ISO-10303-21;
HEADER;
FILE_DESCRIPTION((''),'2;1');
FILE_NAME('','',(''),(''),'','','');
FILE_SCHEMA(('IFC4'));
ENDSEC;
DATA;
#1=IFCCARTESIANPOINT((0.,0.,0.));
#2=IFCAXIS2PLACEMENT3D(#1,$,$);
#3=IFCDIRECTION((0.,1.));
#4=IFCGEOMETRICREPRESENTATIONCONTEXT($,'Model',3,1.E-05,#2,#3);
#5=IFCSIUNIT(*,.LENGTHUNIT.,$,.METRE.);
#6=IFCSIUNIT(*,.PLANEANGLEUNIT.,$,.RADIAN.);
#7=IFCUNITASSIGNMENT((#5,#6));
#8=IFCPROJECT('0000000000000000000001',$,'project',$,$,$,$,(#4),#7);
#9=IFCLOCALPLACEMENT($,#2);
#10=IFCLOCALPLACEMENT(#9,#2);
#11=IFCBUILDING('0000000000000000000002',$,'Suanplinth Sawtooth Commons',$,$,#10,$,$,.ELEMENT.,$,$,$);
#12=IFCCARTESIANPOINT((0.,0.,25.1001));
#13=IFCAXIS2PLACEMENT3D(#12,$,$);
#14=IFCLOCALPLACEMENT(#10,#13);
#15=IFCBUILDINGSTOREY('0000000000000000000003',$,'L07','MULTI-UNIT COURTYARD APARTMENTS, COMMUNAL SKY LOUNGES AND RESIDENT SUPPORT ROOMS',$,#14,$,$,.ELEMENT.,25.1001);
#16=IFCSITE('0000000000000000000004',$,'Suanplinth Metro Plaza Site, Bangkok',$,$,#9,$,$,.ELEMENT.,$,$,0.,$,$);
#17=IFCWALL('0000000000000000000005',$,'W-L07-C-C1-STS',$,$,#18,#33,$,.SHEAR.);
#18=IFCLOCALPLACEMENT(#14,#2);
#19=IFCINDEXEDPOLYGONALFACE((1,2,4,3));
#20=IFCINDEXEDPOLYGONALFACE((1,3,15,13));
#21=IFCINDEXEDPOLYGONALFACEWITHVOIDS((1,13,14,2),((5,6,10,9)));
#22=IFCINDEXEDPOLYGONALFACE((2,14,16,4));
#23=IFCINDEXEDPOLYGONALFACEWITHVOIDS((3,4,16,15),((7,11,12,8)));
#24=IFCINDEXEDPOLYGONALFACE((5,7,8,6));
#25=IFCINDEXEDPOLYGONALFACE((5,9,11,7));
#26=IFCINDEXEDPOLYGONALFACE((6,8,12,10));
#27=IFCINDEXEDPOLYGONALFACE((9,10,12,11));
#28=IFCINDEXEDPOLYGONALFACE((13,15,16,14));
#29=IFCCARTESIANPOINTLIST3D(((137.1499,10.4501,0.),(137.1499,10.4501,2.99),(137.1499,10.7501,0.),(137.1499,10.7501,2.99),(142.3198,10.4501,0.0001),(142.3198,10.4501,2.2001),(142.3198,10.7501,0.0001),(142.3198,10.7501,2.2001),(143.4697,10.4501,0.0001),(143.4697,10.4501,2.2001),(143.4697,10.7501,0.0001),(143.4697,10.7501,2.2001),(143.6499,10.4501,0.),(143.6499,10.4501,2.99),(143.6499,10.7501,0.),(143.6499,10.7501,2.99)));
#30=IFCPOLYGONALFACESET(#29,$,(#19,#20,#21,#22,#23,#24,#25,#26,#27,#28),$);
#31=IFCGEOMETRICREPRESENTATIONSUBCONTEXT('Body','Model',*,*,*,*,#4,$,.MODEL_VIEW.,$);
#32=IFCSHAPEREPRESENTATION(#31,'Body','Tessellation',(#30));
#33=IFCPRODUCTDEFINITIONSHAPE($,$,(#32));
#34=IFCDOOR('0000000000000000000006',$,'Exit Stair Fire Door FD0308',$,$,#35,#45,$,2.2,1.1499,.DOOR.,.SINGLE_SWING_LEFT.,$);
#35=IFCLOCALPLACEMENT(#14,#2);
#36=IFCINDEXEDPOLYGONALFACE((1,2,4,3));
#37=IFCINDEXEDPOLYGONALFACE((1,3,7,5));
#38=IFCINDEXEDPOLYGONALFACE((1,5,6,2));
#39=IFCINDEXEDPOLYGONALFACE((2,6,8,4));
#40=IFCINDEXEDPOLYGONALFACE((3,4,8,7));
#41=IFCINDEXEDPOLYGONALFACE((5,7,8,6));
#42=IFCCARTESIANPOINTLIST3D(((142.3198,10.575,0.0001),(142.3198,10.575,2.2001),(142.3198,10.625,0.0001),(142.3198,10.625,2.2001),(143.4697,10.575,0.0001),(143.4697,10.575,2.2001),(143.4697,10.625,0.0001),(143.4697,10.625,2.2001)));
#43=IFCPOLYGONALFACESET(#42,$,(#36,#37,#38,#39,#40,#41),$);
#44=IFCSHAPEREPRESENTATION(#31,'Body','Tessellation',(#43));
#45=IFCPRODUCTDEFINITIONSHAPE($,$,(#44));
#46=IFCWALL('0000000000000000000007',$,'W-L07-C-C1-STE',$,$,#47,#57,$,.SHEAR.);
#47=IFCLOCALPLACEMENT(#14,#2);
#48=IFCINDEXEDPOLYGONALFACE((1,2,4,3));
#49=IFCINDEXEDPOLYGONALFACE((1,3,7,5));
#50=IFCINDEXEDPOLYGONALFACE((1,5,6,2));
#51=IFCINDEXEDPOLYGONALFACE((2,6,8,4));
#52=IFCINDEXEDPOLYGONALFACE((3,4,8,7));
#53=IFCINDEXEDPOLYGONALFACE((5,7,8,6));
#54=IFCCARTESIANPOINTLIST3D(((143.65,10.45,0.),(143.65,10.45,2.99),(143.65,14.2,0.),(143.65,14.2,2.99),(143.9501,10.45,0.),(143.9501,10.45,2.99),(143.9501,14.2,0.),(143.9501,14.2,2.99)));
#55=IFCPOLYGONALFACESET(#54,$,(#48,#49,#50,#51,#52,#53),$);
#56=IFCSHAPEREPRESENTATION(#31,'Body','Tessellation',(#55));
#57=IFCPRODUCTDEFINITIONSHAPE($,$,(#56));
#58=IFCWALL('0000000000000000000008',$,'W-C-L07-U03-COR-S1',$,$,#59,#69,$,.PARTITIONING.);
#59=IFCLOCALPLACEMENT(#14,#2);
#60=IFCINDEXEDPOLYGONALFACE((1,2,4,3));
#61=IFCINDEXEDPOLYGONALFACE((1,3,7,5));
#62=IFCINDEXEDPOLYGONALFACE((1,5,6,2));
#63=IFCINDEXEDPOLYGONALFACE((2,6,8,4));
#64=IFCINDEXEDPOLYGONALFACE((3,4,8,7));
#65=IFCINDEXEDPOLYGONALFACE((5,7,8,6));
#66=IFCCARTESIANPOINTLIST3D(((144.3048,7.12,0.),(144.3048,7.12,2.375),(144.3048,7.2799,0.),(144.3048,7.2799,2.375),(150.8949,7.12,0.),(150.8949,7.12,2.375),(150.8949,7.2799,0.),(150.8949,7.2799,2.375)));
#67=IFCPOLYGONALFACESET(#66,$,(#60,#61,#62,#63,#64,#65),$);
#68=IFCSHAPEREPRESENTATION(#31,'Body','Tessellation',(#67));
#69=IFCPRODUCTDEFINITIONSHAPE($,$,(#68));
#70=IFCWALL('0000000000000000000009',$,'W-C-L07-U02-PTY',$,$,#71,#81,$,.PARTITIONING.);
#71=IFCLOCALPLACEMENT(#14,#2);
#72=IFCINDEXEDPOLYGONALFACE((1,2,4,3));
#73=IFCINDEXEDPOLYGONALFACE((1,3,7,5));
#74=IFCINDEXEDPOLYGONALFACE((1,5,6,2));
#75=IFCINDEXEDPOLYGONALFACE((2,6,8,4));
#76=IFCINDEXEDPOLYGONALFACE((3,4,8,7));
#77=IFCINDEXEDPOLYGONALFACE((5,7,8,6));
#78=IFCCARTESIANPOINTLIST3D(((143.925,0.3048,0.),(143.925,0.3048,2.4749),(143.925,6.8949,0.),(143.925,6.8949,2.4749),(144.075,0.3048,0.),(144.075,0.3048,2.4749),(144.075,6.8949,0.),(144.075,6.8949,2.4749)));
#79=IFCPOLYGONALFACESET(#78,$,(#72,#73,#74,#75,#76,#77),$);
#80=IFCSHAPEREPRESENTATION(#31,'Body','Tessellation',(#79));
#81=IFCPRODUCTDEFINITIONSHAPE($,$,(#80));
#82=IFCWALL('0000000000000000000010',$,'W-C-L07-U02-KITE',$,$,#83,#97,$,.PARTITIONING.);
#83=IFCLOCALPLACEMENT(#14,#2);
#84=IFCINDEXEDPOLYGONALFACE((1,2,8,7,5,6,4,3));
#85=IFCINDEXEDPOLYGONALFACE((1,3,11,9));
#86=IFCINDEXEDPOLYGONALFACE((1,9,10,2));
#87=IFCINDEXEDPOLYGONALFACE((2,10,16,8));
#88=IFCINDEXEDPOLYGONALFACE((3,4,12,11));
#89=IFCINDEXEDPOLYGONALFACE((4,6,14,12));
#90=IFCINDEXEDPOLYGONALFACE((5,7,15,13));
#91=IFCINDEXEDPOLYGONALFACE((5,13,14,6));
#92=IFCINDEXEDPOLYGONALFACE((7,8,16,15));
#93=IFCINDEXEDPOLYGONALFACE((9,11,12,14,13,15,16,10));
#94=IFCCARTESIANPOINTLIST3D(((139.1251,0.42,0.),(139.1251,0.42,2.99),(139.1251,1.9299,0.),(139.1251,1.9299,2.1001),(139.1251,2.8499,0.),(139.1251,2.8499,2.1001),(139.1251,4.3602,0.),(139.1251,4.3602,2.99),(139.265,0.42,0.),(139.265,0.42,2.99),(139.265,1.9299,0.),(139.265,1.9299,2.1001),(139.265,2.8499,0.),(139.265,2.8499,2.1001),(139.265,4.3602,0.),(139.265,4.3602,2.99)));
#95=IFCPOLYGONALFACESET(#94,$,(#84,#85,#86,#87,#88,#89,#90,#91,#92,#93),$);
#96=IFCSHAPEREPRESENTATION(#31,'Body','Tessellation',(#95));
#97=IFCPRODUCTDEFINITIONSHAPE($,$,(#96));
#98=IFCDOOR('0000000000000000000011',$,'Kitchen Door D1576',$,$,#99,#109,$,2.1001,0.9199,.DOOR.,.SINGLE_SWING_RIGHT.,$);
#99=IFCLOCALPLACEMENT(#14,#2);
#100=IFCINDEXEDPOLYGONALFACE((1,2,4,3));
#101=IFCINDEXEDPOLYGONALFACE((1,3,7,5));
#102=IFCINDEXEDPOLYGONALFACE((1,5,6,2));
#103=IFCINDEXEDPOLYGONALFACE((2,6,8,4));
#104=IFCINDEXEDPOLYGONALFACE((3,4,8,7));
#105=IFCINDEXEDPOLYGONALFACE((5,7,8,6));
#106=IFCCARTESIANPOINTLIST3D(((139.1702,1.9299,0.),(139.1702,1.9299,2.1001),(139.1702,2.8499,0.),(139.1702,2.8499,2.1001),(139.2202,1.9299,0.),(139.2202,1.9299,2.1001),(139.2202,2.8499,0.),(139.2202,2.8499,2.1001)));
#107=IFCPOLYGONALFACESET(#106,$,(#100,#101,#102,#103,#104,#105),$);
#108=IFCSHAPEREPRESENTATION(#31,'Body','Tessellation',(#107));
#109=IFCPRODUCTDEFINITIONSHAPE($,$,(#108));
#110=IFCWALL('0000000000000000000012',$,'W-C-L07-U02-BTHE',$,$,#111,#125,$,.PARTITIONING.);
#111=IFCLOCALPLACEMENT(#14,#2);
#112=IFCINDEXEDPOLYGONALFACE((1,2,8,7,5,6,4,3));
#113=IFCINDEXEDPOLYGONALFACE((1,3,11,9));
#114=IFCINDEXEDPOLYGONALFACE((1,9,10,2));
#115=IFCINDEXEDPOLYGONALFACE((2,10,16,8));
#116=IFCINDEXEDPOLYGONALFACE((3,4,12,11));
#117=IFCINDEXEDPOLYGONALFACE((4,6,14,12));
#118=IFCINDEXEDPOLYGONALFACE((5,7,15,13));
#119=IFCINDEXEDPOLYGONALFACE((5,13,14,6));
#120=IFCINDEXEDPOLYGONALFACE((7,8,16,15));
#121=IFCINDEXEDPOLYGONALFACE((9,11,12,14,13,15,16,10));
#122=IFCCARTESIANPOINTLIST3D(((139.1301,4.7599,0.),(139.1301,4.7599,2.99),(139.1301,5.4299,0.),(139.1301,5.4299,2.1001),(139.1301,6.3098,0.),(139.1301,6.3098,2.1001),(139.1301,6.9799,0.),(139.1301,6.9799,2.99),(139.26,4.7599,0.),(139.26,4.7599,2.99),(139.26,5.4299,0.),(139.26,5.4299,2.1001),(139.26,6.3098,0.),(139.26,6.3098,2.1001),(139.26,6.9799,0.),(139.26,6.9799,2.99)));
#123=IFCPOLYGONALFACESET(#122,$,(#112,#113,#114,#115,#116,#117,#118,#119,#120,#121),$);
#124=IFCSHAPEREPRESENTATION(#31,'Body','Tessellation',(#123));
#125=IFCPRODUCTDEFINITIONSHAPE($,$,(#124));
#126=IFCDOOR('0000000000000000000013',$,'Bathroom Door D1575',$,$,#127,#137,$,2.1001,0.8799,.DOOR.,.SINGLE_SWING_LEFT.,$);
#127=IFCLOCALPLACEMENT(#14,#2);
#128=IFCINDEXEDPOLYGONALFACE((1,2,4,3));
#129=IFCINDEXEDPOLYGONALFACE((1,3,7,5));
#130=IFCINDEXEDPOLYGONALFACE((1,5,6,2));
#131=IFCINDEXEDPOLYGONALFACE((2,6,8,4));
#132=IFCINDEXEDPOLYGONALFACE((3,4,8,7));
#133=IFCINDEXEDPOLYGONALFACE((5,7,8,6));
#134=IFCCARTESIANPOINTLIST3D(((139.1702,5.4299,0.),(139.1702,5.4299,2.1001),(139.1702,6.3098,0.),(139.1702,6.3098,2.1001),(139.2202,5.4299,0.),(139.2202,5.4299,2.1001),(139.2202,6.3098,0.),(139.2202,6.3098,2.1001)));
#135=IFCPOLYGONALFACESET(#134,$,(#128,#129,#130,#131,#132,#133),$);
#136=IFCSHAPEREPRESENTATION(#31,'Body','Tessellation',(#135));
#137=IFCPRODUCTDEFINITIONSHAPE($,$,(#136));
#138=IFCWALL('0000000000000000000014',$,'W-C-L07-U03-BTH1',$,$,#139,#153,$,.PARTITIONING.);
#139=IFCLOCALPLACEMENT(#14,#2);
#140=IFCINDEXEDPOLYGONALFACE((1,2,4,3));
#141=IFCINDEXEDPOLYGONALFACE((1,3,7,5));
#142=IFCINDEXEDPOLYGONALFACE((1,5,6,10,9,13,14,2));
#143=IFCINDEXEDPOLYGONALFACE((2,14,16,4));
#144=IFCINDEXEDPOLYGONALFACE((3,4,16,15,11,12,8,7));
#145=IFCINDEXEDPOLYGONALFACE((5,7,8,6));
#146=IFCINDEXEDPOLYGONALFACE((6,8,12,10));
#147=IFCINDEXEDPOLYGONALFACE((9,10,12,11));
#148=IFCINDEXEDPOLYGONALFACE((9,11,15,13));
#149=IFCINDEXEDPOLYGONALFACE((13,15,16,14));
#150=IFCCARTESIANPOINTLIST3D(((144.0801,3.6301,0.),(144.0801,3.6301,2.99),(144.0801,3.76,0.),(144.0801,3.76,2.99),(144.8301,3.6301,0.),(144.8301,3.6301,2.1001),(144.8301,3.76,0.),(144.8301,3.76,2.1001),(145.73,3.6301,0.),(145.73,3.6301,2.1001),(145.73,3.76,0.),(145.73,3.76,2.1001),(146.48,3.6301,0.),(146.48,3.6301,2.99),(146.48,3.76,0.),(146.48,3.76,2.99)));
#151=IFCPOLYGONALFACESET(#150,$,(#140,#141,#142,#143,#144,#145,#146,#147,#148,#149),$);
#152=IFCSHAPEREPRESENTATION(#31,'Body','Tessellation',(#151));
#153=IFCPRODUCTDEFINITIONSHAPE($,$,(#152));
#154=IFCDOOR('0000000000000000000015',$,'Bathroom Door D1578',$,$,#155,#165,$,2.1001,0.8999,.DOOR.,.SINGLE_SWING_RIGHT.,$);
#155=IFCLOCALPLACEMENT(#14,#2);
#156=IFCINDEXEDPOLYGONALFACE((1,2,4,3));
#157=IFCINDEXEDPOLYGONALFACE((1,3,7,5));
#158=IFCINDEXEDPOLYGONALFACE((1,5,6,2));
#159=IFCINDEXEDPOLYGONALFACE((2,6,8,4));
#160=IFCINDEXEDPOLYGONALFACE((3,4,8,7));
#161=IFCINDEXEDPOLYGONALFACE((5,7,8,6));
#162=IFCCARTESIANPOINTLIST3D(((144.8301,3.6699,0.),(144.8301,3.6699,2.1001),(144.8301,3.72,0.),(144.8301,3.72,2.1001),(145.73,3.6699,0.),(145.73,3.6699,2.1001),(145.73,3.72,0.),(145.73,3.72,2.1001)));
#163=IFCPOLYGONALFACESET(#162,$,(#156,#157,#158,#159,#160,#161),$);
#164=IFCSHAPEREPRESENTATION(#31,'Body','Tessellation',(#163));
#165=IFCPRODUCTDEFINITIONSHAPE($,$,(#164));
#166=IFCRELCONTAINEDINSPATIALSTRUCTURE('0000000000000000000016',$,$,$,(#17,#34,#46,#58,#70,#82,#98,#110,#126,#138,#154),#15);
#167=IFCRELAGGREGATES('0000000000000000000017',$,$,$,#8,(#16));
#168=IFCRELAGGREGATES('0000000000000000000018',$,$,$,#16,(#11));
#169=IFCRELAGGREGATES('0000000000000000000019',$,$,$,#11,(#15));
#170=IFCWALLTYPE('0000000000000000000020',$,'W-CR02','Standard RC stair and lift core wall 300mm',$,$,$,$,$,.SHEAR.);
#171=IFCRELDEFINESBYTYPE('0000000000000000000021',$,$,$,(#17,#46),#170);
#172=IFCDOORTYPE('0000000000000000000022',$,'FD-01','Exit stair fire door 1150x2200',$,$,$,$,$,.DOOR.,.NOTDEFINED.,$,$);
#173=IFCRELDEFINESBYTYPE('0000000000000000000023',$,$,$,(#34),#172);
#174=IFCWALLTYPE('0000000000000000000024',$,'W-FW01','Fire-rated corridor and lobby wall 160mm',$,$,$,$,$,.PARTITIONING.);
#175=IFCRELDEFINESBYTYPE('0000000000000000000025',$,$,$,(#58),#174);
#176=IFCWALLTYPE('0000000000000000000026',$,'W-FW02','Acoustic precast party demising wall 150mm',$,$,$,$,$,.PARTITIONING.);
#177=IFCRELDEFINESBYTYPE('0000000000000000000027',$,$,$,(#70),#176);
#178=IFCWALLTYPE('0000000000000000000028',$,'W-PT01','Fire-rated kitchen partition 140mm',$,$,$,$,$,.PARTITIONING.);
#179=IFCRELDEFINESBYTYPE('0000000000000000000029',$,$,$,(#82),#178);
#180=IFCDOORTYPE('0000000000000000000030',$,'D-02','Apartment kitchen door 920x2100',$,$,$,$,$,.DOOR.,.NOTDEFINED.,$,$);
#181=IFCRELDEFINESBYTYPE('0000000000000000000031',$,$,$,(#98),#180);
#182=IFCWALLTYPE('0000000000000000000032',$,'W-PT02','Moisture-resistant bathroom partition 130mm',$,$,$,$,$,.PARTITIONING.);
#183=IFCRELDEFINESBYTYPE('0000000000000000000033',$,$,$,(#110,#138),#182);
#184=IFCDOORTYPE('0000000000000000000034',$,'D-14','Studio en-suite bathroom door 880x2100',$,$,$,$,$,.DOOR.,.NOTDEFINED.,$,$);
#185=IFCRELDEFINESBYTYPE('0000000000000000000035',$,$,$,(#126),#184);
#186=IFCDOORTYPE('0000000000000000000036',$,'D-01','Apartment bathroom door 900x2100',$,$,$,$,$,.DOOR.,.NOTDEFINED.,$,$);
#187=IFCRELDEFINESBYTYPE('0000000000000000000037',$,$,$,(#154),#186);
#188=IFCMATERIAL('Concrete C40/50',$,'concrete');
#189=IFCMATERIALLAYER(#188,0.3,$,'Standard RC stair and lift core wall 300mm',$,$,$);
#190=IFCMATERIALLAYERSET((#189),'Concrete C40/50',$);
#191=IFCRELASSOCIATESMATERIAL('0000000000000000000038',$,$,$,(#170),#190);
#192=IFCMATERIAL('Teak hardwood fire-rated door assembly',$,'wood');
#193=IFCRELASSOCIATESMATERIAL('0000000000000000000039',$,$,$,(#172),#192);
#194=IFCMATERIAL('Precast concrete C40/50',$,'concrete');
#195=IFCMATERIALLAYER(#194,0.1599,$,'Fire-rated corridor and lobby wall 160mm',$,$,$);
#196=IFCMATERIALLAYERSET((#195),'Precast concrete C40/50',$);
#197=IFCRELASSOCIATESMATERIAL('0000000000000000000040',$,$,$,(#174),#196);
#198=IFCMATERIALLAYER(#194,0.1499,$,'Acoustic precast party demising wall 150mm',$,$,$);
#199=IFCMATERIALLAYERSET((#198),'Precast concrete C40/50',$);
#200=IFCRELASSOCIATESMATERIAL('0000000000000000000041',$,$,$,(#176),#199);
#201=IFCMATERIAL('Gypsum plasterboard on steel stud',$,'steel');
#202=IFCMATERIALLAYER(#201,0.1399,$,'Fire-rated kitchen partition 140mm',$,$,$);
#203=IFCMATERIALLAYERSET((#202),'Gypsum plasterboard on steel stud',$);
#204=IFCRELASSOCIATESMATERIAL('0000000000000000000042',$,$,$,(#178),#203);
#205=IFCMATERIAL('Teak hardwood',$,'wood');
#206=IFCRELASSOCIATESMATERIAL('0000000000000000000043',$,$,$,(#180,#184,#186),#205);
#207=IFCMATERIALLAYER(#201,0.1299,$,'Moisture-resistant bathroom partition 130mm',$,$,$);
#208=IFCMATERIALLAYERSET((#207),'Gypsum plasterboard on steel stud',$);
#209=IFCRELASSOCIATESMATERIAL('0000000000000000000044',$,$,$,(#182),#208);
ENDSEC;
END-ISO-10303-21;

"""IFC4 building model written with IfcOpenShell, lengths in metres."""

from ifc_helpers import new_model, si_unit, direction, frame, frame_2d, origin, place, context, subcontext, project, spatial, rectangle, extrude, material, layer, layer_set, type_object, element, fill, save


model = new_model("IFC4")

# Units and contexts
model_context = context("Model", 3, precision=1e-05, world=origin(), true_north=direction((0.0, 1.0)))
body_context = subcontext(model_context, "Body", "Model", "MODEL_VIEW")
ifc_project = project(units=[si_unit("LENGTHUNIT", "METRE"), si_unit("PLANEANGLEUNIT", "RADIAN")], contexts=[model_context])

# Site, building, storey
site_placement = place(None, origin())
site = spatial("IfcSite", under=ifc_project, at=site_placement, Name="Suanplinth Metro Plaza Site, Bangkok", CompositionType="ELEMENT", RefElevation=0.0)
building_placement = place(site_placement, origin())
building = spatial("IfcBuilding", under=site, at=building_placement, Name="Suanplinth Sawtooth Commons", CompositionType="ELEMENT")
storey_placement = place(building_placement, frame((0.0, 0.0, 25.1001)))
storey = spatial("IfcBuildingStorey", under=building, at=storey_placement, Name="L07", Description="MULTI-UNIT COURTYARD APARTMENTS, COMMUNAL SKY LOUNGES AND RESIDENT SUPPORT ROOMS", CompositionType="ELEMENT", Elevation=25.1001)

# Shared definitions
ifc_material_1 = material(Name="Precast concrete C40/50", Category="concrete")

# Wall, opening, door
ifc_material_2 = material(Name="Concrete C40/50", Category="concrete")
ifc_layer_1 = layer(ifc_material_2, 0.3, Name="Standard RC stair and lift core wall 300mm")
ifc_layer_set_1 = layer_set([ifc_layer_1], Name="Concrete C40/50")
wall_type_1 = type_object("IfcWallType", Name="W-CR02", Description="Standard RC stair and lift core wall 300mm", PredefinedType="SHEAR", material=ifc_layer_set_1)
wall_1_placement = place(storey_placement, frame((137.1499, 10.6001, 0.0), z_axis=(0.0, 0.0, 1.0), x_axis=(1.0, 0.0, 0.0)))
wall_1 = element("IfcWall", 1, at=wall_1_placement, inside=storey, type_object=wall_type_1, Name="W-L07-C-C1-STS", PredefinedType="SHEAR", context=body_context, shape_type="SweptSolid", body=[
    extrude(rectangle(XDim=6.5, YDim=0.3, at=frame_2d((3.25, 0.0))), origin(), (0.0, 0.0, 1.0), 2.99),
])
opening_1_placement = place(wall_1_placement, frame((5.1699, 0.0, 0.0)))
opening_1 = element("IfcOpeningElement", 2, at=opening_1_placement, cuts=wall_1, PredefinedType="OPENING", context=body_context, shape_type="SweptSolid", body=[
    extrude(rectangle(XDim=1.1499, YDim=2.2, at=frame_2d((0.575, 1.1001))), frame((0.0, 0.165, 0.0), z_axis=(0.0, -1.0, 0.0), x_axis=(1.0, 0.0, 0.0)), (0.0, 0.0, 1.0), 0.3298),
])
ifc_material_3 = material(Name="Teak hardwood fire-rated door assembly", Category="wood")
door_type_1 = type_object("IfcDoorType", Name="FD-01", Description="Exit stair fire door 1150x2200", OperationType="NOTDEFINED", PredefinedType="DOOR", material=ifc_material_3)
door_1_placement = place(opening_1_placement, origin())
door_1 = element("IfcDoor", 3, at=door_1_placement, inside=storey, type_object=door_type_1, Name="Exit Stair Fire Door FD0308", OperationType="SINGLE_SWING_LEFT", OverallHeight=2.2, OverallWidth=1.1499, PredefinedType="DOOR", context=body_context, shape_type="SweptSolid", body=[
    extrude(rectangle(XDim=1.1499, YDim=2.2, at=frame_2d((0.575, 1.1001))), frame((0.0, 0.0249, 0.0), z_axis=(0.0, -1.0, 0.0), x_axis=(1.0, 0.0, 0.0)), (0.0, 0.0, 1.0), 0.05),
])
fill(opening_1, door_1)

# Wall
wall_2_placement = place(storey_placement, frame((143.8, 10.45, 0.0), z_axis=(0.0, 0.0, 1.0), x_axis=(0.0, 1.0, 0.0)))
element("IfcWall", 4, at=wall_2_placement, inside=storey, type_object=wall_type_1, Name="W-L07-C-C1-STE", PredefinedType="SHEAR", context=body_context, shape_type="SweptSolid", body=[
    extrude(rectangle(XDim=3.75, YDim=0.3, at=frame_2d((1.875, 0.0))), origin(), (0.0, 0.0, 1.0), 2.99),
])

# Shared definitions
ifc_layer_2 = layer(ifc_material_1, 0.1599, Name="Fire-rated corridor and lobby wall 160mm")
ifc_layer_set_2 = layer_set([ifc_layer_2], Name="Precast concrete C40/50")
wall_type_2 = type_object("IfcWallType", Name="W-FW01", Description="Fire-rated corridor and lobby wall 160mm", PredefinedType="PARTITIONING", material=ifc_layer_set_2)

# Walls
wall_3_placement = place(storey_placement, frame((144.3049, 7.2, 0.0), z_axis=(0.0, 0.0, 1.0), x_axis=(1.0, 0.0, 0.0)))
element("IfcWall", 5, at=wall_3_placement, inside=storey, type_object=wall_type_2, Name="W-C-L07-U03-COR-S1", PredefinedType="PARTITIONING", context=body_context, shape_type="SweptSolid", body=[
    extrude(rectangle(XDim=6.5901, YDim=0.1599, at=frame_2d((3.2949, 0.0))), origin(), (0.0, 0.0, 1.0), 2.375),
])
ifc_layer_3 = layer(ifc_material_1, 0.1499, Name="Acoustic precast party demising wall 150mm")
ifc_layer_set_3 = layer_set([ifc_layer_3], Name="Precast concrete C40/50")
wall_type_3 = type_object("IfcWallType", Name="W-FW02", Description="Acoustic precast party demising wall 150mm", PredefinedType="PARTITIONING", material=ifc_layer_set_3)
wall_4_placement = place(storey_placement, frame((144.0, 0.3049, 0.0), z_axis=(0.0, 0.0, 1.0), x_axis=(0.0, 1.0, 0.0)))
element("IfcWall", 6, at=wall_4_placement, inside=storey, type_object=wall_type_3, Name="W-C-L07-U02-PTY", PredefinedType="PARTITIONING", context=body_context, shape_type="SweptSolid", body=[
    extrude(rectangle(XDim=6.5901, YDim=0.1499, at=frame_2d((3.2949, 0.0))), origin(), (0.0, 0.0, 1.0), 2.4749),
])

# Walls, openings, doors
ifc_material_4 = material(Name="Gypsum plasterboard on steel stud", Category="steel")
ifc_layer_4 = layer(ifc_material_4, 0.1399, Name="Fire-rated kitchen partition 140mm")
ifc_layer_set_4 = layer_set([ifc_layer_4], Name="Gypsum plasterboard on steel stud")
wall_type_4 = type_object("IfcWallType", Name="W-PT01", Description="Fire-rated kitchen partition 140mm", PredefinedType="PARTITIONING", material=ifc_layer_set_4)
wall_5_placement = place(storey_placement, frame((139.1951, 0.4199, 0.0), z_axis=(0.0, 0.0, 1.0), x_axis=(0.0, 1.0, 0.0)))
wall_5 = element("IfcWall", 7, at=wall_5_placement, inside=storey, type_object=wall_type_4, Name="W-C-L07-U02-KITE", PredefinedType="PARTITIONING", context=body_context, shape_type="SweptSolid", body=[
    extrude(rectangle(XDim=3.9402, YDim=0.1399, at=frame_2d((1.9702, 0.0))), origin(), (0.0, 0.0, 1.0), 2.99),
])
opening_2_placement = place(wall_5_placement, frame((1.51, 0.0, 0.0)))
opening_2 = element("IfcOpeningElement", 8, at=opening_2_placement, cuts=wall_5, PredefinedType="OPENING", context=body_context, shape_type="SweptSolid", body=[
    extrude(rectangle(XDim=0.9199, YDim=2.1001, at=frame_2d((0.46, 1.05))), frame((0.0, 0.085, 0.0), z_axis=(0.0, -1.0, 0.0), x_axis=(1.0, 0.0, 0.0)), (0.0, 0.0, 1.0), 0.1697),
])
ifc_material_5 = material(Name="Teak hardwood", Category="wood")
door_type_2 = type_object("IfcDoorType", Name="D-02", Description="Apartment kitchen door 920x2100", OperationType="NOTDEFINED", PredefinedType="DOOR", material=ifc_material_5)
door_2_placement = place(opening_2_placement, origin())
door_2 = element("IfcDoor", 9, at=door_2_placement, inside=storey, type_object=door_type_2, Name="Kitchen Door D1576", OperationType="SINGLE_SWING_RIGHT", OverallHeight=2.1001, OverallWidth=0.9199, PredefinedType="DOOR", context=body_context, shape_type="SweptSolid", body=[
    extrude(rectangle(XDim=0.9199, YDim=2.1001, at=frame_2d((0.46, 1.05))), frame((0.0, 0.0249, 0.0), z_axis=(0.0, -1.0, 0.0), x_axis=(1.0, 0.0, 0.0)), (0.0, 0.0, 1.0), 0.05),
])
fill(opening_2, door_2)
ifc_layer_5 = layer(ifc_material_4, 0.1299, Name="Moisture-resistant bathroom partition 130mm")
ifc_layer_set_5 = layer_set([ifc_layer_5], Name="Gypsum plasterboard on steel stud")
wall_type_5 = type_object("IfcWallType", Name="W-PT02", Description="Moisture-resistant bathroom partition 130mm", PredefinedType="PARTITIONING", material=ifc_layer_set_5)
wall_6_placement = place(storey_placement, frame((139.1951, 4.76, 0.0), z_axis=(0.0, 0.0, 1.0), x_axis=(0.0, 1.0, 0.0)))
wall_6 = element("IfcWall", 10, at=wall_6_placement, inside=storey, type_object=wall_type_5, Name="W-C-L07-U02-BTHE", PredefinedType="PARTITIONING", context=body_context, shape_type="SweptSolid", body=[
    extrude(rectangle(XDim=2.22, YDim=0.1299, at=frame_2d((1.1099, 0.0))), origin(), (0.0, 0.0, 1.0), 2.99),
])
opening_3_placement = place(wall_6_placement, frame((0.6699, 0.0, 0.0)))
opening_3 = element("IfcOpeningElement", 11, at=opening_3_placement, cuts=wall_6, PredefinedType="OPENING", context=body_context, shape_type="SweptSolid", body=[
    extrude(rectangle(XDim=0.8799, YDim=2.1001, at=frame_2d((0.4399, 1.05))), frame((0.0, 0.0798, 0.0), z_axis=(0.0, -1.0, 0.0), x_axis=(1.0, 0.0, 0.0)), (0.0, 0.0, 1.0), 0.1597),
])
door_type_3 = type_object("IfcDoorType", Name="D-14", Description="Studio en-suite bathroom door 880x2100", OperationType="NOTDEFINED", PredefinedType="DOOR", material=ifc_material_5)
door_3_placement = place(opening_3_placement, origin())
door_3 = element("IfcDoor", 12, at=door_3_placement, inside=storey, type_object=door_type_3, Name="Bathroom Door D1575", OperationType="SINGLE_SWING_LEFT", OverallHeight=2.1001, OverallWidth=0.8799, PredefinedType="DOOR", context=body_context, shape_type="SweptSolid", body=[
    extrude(rectangle(XDim=0.8799, YDim=2.1001, at=frame_2d((0.4399, 1.05))), frame((0.0, 0.0249, 0.0), z_axis=(0.0, -1.0, 0.0), x_axis=(1.0, 0.0, 0.0)), (0.0, 0.0, 1.0), 0.05),
])
fill(opening_3, door_3)
wall_7_placement = place(storey_placement, frame((144.0801, 3.6951, 0.0), z_axis=(0.0, 0.0, 1.0), x_axis=(1.0, 0.0, 0.0)))
wall_7 = element("IfcWall", 13, at=wall_7_placement, inside=storey, type_object=wall_type_5, Name="W-C-L07-U03-BTH1", PredefinedType="PARTITIONING", context=body_context, shape_type="SweptSolid", body=[
    extrude(rectangle(XDim=2.3999, YDim=0.1299, at=frame_2d((1.2, 0.0))), origin(), (0.0, 0.0, 1.0), 2.99),
])
opening_4_placement = place(wall_7_placement, frame((0.75, 0.0, 0.0)))
opening_4 = element("IfcOpeningElement", 14, at=opening_4_placement, cuts=wall_7, PredefinedType="OPENING", context=body_context, shape_type="SweptSolid", body=[
    extrude(rectangle(XDim=0.8999, YDim=2.1001, at=frame_2d((0.45, 1.05))), frame((0.0, 0.0798, 0.0), z_axis=(0.0, -1.0, 0.0), x_axis=(1.0, 0.0, 0.0)), (0.0, 0.0, 1.0), 0.1597),
])
door_type_4 = type_object("IfcDoorType", Name="D-01", Description="Apartment bathroom door 900x2100", OperationType="NOTDEFINED", PredefinedType="DOOR", material=ifc_material_5)
door_4_placement = place(opening_4_placement, origin())
door_4 = element("IfcDoor", 15, at=door_4_placement, inside=storey, type_object=door_type_4, Name="Bathroom Door D1578", OperationType="SINGLE_SWING_RIGHT", OverallHeight=2.1001, OverallWidth=0.8999, PredefinedType="DOOR", context=body_context, shape_type="SweptSolid", body=[
    extrude(rectangle(XDim=0.8999, YDim=2.1001, at=frame_2d((0.45, 1.05))), frame((0.0, 0.0249, 0.0), z_axis=(0.0, -1.0, 0.0), x_axis=(1.0, 0.0, 0.0)), (0.0, 0.0, 1.0), 0.05),
])
fill(opening_4, door_4)

save(model, "model.ifc")
